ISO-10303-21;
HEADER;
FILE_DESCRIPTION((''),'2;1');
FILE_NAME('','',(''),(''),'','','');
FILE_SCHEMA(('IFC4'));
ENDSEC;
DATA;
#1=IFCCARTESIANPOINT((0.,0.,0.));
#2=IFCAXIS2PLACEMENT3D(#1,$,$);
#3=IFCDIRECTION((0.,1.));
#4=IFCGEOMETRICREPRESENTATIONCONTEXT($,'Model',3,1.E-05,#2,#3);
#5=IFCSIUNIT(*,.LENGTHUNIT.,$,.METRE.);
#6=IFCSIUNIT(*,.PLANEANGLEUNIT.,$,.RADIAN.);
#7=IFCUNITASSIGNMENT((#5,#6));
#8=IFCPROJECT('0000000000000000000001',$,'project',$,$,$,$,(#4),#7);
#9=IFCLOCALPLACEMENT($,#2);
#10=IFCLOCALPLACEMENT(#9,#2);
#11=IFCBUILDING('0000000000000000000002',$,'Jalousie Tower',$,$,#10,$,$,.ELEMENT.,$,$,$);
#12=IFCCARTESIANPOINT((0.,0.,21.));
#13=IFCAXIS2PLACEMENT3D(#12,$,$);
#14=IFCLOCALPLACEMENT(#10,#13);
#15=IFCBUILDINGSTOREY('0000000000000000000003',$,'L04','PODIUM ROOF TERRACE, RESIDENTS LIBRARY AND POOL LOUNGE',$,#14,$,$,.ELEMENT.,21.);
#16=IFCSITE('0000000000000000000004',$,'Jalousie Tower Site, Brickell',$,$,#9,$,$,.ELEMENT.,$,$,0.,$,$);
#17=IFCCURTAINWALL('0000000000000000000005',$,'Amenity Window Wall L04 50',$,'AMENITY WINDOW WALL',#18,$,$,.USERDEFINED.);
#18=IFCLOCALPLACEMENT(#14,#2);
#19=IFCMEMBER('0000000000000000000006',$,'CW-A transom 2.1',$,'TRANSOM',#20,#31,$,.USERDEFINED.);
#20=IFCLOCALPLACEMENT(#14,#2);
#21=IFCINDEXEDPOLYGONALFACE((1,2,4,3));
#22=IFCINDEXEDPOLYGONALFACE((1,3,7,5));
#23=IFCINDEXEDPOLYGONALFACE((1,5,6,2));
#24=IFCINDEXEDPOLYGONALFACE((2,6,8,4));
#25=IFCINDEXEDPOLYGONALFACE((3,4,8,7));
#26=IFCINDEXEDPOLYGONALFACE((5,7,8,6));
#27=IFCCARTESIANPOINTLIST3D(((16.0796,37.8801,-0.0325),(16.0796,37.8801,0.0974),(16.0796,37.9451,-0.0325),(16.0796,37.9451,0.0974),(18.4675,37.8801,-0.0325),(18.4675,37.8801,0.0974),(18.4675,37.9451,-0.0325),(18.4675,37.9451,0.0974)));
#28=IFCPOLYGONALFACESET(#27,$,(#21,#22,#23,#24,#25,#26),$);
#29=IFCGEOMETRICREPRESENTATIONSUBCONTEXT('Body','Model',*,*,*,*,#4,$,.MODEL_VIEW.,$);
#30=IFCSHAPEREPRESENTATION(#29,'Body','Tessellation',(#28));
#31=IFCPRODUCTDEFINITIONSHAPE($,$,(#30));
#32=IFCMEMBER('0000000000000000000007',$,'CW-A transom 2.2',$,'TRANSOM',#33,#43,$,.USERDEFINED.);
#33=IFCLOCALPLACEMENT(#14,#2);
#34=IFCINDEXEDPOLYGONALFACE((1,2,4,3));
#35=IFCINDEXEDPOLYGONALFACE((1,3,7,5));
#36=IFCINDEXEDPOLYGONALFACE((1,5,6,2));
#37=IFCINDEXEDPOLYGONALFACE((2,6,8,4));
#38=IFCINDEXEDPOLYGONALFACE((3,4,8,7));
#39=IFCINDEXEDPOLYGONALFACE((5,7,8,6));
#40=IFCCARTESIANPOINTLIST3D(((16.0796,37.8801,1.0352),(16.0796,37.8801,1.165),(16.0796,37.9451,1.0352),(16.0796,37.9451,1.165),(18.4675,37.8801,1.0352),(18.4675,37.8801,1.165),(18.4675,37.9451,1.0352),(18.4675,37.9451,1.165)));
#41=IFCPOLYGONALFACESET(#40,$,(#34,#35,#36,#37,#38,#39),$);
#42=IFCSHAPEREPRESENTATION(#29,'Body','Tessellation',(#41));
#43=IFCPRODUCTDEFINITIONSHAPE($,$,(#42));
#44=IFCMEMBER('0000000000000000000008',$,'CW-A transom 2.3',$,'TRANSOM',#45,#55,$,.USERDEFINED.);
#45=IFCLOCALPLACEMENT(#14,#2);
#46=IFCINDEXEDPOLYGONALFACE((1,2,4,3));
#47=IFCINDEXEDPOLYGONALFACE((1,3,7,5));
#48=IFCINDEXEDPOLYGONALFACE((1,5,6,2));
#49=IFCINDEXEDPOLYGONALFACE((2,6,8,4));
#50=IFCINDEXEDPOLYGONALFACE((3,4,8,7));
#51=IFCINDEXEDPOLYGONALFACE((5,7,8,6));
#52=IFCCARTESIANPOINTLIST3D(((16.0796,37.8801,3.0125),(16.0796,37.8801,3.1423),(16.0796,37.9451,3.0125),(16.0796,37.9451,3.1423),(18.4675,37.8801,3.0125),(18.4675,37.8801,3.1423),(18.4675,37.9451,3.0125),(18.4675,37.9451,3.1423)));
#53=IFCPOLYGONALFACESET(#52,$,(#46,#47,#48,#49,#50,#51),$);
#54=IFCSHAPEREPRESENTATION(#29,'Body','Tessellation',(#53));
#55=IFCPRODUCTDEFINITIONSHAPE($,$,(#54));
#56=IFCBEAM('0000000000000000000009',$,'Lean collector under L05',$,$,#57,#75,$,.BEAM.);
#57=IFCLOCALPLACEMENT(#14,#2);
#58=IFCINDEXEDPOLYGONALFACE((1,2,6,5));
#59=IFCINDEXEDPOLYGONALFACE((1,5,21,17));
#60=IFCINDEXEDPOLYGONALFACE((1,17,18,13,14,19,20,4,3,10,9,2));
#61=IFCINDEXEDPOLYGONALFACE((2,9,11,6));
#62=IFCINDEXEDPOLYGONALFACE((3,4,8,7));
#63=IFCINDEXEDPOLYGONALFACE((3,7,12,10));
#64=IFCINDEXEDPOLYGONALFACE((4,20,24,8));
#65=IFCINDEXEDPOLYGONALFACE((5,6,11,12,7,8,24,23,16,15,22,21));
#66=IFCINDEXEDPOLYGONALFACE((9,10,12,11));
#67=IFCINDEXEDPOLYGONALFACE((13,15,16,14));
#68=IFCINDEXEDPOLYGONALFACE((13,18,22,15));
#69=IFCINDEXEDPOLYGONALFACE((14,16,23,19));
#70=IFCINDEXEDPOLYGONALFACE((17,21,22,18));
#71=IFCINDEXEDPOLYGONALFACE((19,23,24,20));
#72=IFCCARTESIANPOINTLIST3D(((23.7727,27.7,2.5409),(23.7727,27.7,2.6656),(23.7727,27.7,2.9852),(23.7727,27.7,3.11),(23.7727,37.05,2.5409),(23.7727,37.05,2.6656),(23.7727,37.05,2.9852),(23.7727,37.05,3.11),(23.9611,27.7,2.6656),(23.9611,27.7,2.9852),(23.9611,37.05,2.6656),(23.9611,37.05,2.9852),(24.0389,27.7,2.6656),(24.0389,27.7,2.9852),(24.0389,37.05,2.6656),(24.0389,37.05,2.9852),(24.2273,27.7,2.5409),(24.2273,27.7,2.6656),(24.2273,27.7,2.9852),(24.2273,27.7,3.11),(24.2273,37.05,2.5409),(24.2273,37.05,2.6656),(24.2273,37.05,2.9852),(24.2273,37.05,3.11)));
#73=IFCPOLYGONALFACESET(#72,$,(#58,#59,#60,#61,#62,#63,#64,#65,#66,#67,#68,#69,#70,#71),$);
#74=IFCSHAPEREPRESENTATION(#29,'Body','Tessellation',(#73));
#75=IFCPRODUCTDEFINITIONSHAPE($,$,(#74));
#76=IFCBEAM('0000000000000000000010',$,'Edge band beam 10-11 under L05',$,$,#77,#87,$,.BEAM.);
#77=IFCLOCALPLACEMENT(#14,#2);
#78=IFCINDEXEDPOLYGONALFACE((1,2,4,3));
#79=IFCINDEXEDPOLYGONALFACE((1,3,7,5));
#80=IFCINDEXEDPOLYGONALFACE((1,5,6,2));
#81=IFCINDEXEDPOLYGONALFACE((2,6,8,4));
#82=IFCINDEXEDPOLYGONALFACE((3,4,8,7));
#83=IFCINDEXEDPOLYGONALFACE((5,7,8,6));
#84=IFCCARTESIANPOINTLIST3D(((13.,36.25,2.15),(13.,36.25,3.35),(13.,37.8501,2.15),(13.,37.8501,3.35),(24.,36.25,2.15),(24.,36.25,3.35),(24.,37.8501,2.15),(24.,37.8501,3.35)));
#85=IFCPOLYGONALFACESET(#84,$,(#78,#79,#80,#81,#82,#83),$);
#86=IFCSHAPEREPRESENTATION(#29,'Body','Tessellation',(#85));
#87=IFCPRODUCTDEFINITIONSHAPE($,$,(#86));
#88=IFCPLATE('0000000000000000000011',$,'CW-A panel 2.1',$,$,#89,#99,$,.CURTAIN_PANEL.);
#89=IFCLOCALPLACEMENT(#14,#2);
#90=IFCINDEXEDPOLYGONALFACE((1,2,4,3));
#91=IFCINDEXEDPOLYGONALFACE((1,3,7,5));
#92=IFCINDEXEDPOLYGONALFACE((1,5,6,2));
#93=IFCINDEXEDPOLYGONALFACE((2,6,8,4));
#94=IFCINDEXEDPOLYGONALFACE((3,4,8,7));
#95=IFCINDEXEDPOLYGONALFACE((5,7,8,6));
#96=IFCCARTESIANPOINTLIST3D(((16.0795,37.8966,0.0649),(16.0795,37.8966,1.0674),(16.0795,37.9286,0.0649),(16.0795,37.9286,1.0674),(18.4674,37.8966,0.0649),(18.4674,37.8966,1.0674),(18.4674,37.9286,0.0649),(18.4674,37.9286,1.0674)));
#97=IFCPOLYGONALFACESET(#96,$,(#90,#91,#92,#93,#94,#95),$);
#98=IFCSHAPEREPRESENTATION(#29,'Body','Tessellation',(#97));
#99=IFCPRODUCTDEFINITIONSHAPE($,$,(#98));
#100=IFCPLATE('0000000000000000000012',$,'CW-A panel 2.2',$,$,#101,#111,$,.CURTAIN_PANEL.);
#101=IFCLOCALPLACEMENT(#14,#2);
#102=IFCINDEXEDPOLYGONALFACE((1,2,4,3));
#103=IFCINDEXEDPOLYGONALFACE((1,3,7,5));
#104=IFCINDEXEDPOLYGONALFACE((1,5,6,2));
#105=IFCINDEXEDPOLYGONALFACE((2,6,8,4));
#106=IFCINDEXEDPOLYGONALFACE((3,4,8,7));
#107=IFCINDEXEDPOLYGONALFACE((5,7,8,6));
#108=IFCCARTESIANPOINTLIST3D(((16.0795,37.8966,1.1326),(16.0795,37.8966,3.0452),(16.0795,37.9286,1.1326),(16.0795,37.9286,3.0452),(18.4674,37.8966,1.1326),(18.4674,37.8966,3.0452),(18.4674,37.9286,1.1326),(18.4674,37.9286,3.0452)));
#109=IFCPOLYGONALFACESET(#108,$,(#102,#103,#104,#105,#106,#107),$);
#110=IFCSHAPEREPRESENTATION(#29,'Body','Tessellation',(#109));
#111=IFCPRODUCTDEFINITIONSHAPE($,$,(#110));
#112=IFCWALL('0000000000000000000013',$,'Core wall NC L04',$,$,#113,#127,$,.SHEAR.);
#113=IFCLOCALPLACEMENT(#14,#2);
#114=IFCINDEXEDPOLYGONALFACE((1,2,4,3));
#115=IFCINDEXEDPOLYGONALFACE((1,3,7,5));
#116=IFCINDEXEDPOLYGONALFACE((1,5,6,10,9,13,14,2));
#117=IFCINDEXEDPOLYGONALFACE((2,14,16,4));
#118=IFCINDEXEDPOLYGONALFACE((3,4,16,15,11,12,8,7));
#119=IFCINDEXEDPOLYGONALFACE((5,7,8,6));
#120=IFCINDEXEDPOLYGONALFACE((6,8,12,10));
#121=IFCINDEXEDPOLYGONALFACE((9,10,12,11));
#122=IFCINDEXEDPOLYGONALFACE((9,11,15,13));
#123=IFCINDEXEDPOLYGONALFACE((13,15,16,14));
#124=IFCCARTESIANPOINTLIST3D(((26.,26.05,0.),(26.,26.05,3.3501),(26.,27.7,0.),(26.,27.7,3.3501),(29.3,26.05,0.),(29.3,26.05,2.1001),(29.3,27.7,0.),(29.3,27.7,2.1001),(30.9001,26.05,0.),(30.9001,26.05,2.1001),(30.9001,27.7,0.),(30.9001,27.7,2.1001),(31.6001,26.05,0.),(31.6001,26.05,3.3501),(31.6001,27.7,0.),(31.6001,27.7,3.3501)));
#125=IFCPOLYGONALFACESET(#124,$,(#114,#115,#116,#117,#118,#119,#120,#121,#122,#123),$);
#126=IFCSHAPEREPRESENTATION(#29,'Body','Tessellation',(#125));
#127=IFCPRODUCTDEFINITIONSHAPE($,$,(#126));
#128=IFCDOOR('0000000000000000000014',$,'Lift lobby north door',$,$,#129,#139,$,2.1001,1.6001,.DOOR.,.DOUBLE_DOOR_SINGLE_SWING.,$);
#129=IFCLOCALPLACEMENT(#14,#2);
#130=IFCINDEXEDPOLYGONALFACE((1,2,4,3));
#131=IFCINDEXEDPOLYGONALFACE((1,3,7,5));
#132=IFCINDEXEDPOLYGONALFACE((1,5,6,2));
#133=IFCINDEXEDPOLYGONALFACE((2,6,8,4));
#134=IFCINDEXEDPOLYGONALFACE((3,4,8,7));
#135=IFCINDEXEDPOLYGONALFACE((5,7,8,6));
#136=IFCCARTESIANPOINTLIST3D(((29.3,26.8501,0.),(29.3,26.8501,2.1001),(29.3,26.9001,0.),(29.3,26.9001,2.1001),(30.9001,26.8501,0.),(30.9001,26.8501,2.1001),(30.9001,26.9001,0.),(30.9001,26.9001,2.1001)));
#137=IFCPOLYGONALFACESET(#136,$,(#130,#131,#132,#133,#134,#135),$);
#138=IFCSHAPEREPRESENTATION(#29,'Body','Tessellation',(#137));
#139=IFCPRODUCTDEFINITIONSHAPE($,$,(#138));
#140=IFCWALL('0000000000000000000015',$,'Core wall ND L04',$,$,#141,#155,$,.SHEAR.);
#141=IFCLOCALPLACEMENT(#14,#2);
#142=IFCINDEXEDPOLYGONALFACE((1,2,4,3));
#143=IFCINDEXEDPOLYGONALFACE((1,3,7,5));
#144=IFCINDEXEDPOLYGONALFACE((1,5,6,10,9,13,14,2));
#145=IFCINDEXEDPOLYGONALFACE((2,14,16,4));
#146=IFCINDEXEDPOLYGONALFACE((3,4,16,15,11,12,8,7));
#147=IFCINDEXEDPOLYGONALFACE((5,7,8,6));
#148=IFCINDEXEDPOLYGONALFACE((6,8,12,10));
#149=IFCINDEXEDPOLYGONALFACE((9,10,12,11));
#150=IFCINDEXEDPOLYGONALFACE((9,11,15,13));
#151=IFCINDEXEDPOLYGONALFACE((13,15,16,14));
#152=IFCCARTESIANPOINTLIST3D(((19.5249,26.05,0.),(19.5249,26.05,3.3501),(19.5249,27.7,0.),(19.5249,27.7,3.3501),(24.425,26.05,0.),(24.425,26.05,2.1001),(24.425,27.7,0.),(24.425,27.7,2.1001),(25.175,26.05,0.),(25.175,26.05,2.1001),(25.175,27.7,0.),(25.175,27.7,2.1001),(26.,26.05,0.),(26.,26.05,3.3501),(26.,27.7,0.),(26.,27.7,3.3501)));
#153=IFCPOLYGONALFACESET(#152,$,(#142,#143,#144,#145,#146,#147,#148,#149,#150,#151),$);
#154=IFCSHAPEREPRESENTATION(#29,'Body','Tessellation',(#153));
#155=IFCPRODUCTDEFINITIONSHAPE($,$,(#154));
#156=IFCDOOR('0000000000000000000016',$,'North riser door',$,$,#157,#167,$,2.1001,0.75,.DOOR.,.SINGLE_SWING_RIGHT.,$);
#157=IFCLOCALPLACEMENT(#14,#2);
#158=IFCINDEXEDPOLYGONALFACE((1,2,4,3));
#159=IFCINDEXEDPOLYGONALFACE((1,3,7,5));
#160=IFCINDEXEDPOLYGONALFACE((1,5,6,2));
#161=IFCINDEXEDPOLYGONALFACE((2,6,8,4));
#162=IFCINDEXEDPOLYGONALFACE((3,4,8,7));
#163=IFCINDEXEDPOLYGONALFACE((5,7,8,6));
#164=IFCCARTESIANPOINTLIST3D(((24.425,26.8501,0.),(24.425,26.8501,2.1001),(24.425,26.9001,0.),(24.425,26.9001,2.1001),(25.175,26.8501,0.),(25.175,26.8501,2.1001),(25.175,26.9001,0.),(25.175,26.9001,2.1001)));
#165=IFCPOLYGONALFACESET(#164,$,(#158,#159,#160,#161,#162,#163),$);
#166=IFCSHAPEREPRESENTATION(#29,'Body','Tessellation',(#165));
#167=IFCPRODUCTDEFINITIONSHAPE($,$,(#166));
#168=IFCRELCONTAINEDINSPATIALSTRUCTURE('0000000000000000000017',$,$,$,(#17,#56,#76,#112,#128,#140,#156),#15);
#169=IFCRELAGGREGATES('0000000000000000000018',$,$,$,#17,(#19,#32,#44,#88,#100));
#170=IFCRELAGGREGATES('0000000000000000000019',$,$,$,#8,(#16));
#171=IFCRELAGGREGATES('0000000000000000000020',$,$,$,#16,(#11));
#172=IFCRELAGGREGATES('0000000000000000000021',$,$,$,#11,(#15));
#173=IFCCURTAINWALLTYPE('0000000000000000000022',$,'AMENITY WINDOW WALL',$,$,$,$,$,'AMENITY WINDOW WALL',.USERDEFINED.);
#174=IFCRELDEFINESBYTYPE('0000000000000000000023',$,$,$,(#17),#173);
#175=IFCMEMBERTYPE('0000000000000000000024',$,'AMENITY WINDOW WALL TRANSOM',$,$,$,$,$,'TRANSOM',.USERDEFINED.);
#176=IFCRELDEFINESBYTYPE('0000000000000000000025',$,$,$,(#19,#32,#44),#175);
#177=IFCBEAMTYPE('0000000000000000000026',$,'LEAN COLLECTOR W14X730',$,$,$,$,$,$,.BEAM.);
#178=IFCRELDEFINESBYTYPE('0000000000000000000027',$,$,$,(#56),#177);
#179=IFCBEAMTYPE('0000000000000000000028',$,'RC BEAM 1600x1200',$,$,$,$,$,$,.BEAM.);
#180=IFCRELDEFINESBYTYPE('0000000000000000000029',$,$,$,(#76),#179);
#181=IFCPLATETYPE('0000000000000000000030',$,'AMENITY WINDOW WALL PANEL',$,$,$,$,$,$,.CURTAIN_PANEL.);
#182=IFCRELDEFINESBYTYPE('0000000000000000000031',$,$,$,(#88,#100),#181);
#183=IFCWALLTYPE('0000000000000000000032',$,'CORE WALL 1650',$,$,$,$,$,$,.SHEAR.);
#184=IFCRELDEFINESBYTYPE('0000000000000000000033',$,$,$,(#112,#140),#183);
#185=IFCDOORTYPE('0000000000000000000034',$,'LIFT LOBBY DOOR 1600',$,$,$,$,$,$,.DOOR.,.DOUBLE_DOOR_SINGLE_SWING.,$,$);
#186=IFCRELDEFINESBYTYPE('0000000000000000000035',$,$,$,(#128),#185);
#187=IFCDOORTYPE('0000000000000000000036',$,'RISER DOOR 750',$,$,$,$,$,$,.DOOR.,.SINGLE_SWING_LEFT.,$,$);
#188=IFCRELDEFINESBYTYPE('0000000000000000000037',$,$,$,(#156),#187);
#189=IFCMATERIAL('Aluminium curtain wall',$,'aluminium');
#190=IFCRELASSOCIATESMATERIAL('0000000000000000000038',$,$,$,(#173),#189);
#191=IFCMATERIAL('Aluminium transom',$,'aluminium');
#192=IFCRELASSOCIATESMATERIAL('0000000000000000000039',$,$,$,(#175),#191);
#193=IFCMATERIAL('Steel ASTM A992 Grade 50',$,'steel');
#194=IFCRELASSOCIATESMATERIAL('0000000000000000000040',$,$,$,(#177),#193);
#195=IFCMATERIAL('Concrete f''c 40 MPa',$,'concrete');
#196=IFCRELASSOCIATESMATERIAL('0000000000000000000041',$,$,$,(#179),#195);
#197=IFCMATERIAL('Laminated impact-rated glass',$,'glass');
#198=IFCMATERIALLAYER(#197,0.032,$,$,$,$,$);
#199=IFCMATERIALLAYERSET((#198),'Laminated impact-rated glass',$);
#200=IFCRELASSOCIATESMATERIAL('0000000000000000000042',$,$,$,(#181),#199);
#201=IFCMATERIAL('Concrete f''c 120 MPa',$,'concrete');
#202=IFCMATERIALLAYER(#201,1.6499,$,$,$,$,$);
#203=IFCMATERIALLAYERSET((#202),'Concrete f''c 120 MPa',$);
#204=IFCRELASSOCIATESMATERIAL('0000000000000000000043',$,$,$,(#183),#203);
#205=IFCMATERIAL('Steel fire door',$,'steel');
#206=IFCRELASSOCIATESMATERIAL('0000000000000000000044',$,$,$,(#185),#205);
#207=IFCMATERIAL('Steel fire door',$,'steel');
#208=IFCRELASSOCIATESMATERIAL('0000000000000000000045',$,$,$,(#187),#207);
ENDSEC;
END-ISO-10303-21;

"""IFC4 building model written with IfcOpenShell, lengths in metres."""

from ifc_helpers import new_model, si_unit, direction, frame, frame_2d, origin, origin_2d, place, context, subcontext, project, spatial, rectangle, i_section, extrude, material, layer, layer_set, material_profile, profile_set, type_object, element, fill, aggregate, save


model = new_model("IFC4")

# Units and contexts
model_context = context("Model", 3, precision=1e-05, world=origin(), true_north=direction((0.0, 1.0)))
body_context = subcontext(model_context, "Body", "Model", "MODEL_VIEW")
ifc_project = project(units=[si_unit("LENGTHUNIT", "METRE"), si_unit("PLANEANGLEUNIT", "RADIAN")], contexts=[model_context])

# Site, building, storey
site_placement = place(None, origin())
site = spatial("IfcSite", under=ifc_project, at=site_placement, Name="Jalousie Tower Site, Brickell", CompositionType="ELEMENT", RefElevation=0.0)
building_placement = place(site_placement, origin())
building = spatial("IfcBuilding", under=site, at=building_placement, Name="Jalousie Tower", CompositionType="ELEMENT")
storey_placement = place(building_placement, frame((0.0, 0.0, 21.0)))
storey = spatial("IfcBuildingStorey", under=building, at=storey_placement, Name="L04", Description="PODIUM ROOF TERRACE, RESIDENTS LIBRARY AND POOL LOUNGE", CompositionType="ELEMENT", Elevation=21.0)

# Curtain wall, members
ifc_material_1 = material(Name="Aluminium curtain wall", Category="aluminium")
curtain_wall_type = type_object("IfcCurtainWallType", Name="AMENITY WINDOW WALL", ElementType="AMENITY WINDOW WALL", PredefinedType="USERDEFINED", material=ifc_material_1)
curtain_wall_placement = place(storey_placement, origin())
curtain_wall = element("IfcCurtainWall", 1, at=curtain_wall_placement, inside=storey, type_object=curtain_wall_type, Name="Amenity Window Wall L04 50", ObjectType="AMENITY WINDOW WALL", PredefinedType="USERDEFINED")
ifc_material_2 = material(Name="Aluminium transom", Category="aluminium")
ifc_material_profile_1 = material_profile(ifc_material_2, rectangle(XDim=0.0649, YDim=0.1299, at=origin_2d()), Name="TRANSOM 65x130")
ifc_profile_set_1 = profile_set([ifc_material_profile_1], Name="Aluminium transom")
member_type = type_object("IfcMemberType", Name="AMENITY WINDOW WALL TRANSOM", ElementType="TRANSOM", PredefinedType="USERDEFINED", material=ifc_profile_set_1)
member_1_placement = place(storey_placement, frame((18.4675, 37.9126, 0.0325), z_axis=(-1.0, 0.0, 0.0), x_axis=(0.0, -1.0, 0.0)))
member_1 = element("IfcMember", 2, at=member_1_placement, type_object=member_type, Name="CW-A transom 2.1", ObjectType="TRANSOM", PredefinedType="USERDEFINED", context=body_context, shape_type="SweptSolid", body=[
    extrude(rectangle(XDim=0.0649, YDim=0.1299, at=origin_2d()), origin(), (0.0, 0.0, 1.0), 2.3879),
])
member_2_placement = place(storey_placement, frame((18.4675, 37.9126, 1.1001), z_axis=(-1.0, 0.0, 0.0), x_axis=(0.0, -1.0, 0.0)))
member_2 = element("IfcMember", 3, at=member_2_placement, type_object=member_type, Name="CW-A transom 2.2", ObjectType="TRANSOM", PredefinedType="USERDEFINED", context=body_context, shape_type="SweptSolid", body=[
    extrude(rectangle(XDim=0.0649, YDim=0.1299, at=origin_2d()), origin(), (0.0, 0.0, 1.0), 2.3879),
])
member_3_placement = place(storey_placement, frame((18.4675, 37.9126, 3.0774), z_axis=(-1.0, 0.0, 0.0), x_axis=(0.0, -1.0, 0.0)))
member_3 = element("IfcMember", 4, at=member_3_placement, type_object=member_type, Name="CW-A transom 2.3", ObjectType="TRANSOM", PredefinedType="USERDEFINED", context=body_context, shape_type="SweptSolid", body=[
    extrude(rectangle(XDim=0.0649, YDim=0.1299, at=origin_2d()), origin(), (0.0, 0.0, 1.0), 2.3879),
])

# Beams
ifc_material_3 = material(Name="Steel ASTM A992 Grade 50", Category="steel")
ifc_material_profile_2 = material_profile(ifc_material_3, i_section(OverallWidth=0.4546, OverallDepth=0.5691, WebThickness=0.0779, FlangeThickness=0.1248, at=origin_2d()), Name="W14X730")
ifc_profile_set_2 = profile_set([ifc_material_profile_2], Name="Steel ASTM A992 Grade 50")
beam_type_1 = type_object("IfcBeamType", Name="LEAN COLLECTOR W14X730", PredefinedType="BEAM", material=ifc_profile_set_2)
beam_1_placement = place(storey_placement, frame((24.0, 37.05, 2.8254), z_axis=(0.0, -1.0, 0.0), x_axis=(1.0, 0.0, 0.0)))
element("IfcBeam", 5, at=beam_1_placement, inside=storey, type_object=beam_type_1, Name="Lean collector under L05", PredefinedType="BEAM", context=body_context, shape_type="SweptSolid", body=[
    extrude(i_section(OverallWidth=0.4546, OverallDepth=0.5691, WebThickness=0.0779, FlangeThickness=0.1248, at=origin_2d()), origin(), (0.0, 0.0, 1.0), 9.3501),
])
ifc_material_4 = material(Name="Concrete f'c 40 MPa", Category="concrete")
ifc_material_profile_3 = material_profile(ifc_material_4, rectangle(XDim=1.6001, YDim=1.2, at=origin_2d()), Name="RC 1600x1200")
ifc_profile_set_3 = profile_set([ifc_material_profile_3], Name="Concrete f'c 40 MPa")
beam_type_2 = type_object("IfcBeamType", Name="RC BEAM 1600x1200", PredefinedType="BEAM", material=ifc_profile_set_3)
beam_2_placement = place(storey_placement, frame((24.0, 37.05, 2.75), z_axis=(-1.0, 0.0, 0.0), x_axis=(0.0, -1.0, 0.0)))
element("IfcBeam", 6, at=beam_2_placement, inside=storey, type_object=beam_type_2, Name="Edge band beam 10-11 under L05", PredefinedType="BEAM", context=body_context, shape_type="SweptSolid", body=[
    extrude(rectangle(XDim=1.6001, YDim=1.2, at=origin_2d()), origin(), (0.0, 0.0, 1.0), 11.0),
])

# Plates
ifc_material_5 = material(Name="Laminated impact-rated glass", Category="glass")
ifc_layer_1 = layer(ifc_material_5, 0.032)
ifc_layer_set_1 = layer_set([ifc_layer_1], Name="Laminated impact-rated glass")
plate_type = type_object("IfcPlateType", Name="AMENITY WINDOW WALL PANEL", PredefinedType="CURTAIN_PANEL", material=ifc_layer_set_1)
plate_1_placement = place(storey_placement, frame((17.2734, 37.9126, 0.0649), z_axis=(0.0, 0.0, 1.0), x_axis=(-1.0, 0.0, 0.0)))
plate_1 = element("IfcPlate", 7, at=plate_1_placement, type_object=plate_type, Name="CW-A panel 2.1", PredefinedType="CURTAIN_PANEL", context=body_context, shape_type="SweptSolid", body=[
    extrude(rectangle(XDim=2.3879, YDim=0.032, at=origin_2d()), origin(), (0.0, 0.0, 1.0), 1.0024),
])
plate_2_placement = place(storey_placement, frame((17.2734, 37.9126, 1.1326), z_axis=(0.0, 0.0, 1.0), x_axis=(-1.0, 0.0, 0.0)))
plate_2 = element("IfcPlate", 8, at=plate_2_placement, type_object=plate_type, Name="CW-A panel 2.2", PredefinedType="CURTAIN_PANEL", context=body_context, shape_type="SweptSolid", body=[
    extrude(rectangle(XDim=2.3879, YDim=0.032, at=origin_2d()), origin(), (0.0, 0.0, 1.0), 1.9126),
])
aggregate(curtain_wall, [member_1, member_2, member_3, plate_1, plate_2])

# Walls, openings, doors
ifc_material_6 = material(Name="Concrete f'c 120 MPa", Category="concrete")
ifc_layer_2 = layer(ifc_material_6, 1.6499)
ifc_layer_set_2 = layer_set([ifc_layer_2], Name="Concrete f'c 120 MPa")
wall_type_1 = type_object("IfcWallType", Name="CORE WALL 1650", PredefinedType="SHEAR", material=ifc_layer_set_2)
wall_1_placement = place(storey_placement, frame((31.6001, 26.875, 0.0), z_axis=(0.0, 0.0, 1.0), x_axis=(-1.0, 0.0, 0.0)))
wall_1 = element("IfcWall", 9, at=wall_1_placement, inside=storey, type_object=wall_type_1, Name="Core wall NC L04", PredefinedType="SHEAR", context=body_context, shape_type="SweptSolid", body=[
    extrude(rectangle(XDim=5.6001, YDim=1.6499, at=frame_2d((2.8, 0.0))), origin(), (0.0, 0.0, 1.0), 3.3501),
])
opening_1_placement = place(wall_1_placement, frame((0.7, 0.0, 0.0)))
opening_1 = element("IfcOpeningElement", 10, at=opening_1_placement, cuts=wall_1, PredefinedType="OPENING", context=body_context, shape_type="SweptSolid", body=[
    extrude(rectangle(XDim=1.6001, YDim=2.1001, at=frame_2d((0.8, 1.05))), frame((0.0, 0.835, 0.0), z_axis=(0.0, -1.0, 0.0), x_axis=(1.0, 0.0, 0.0)), (0.0, 0.0, 1.0), 1.6699),
])
ifc_material_7 = material(Name="Steel fire door", Category="steel")
door_type_1 = type_object("IfcDoorType", Name="LIFT LOBBY DOOR 1600", OperationType="DOUBLE_DOOR_SINGLE_SWING", PredefinedType="DOOR", material=ifc_material_7)
door_1_placement = place(opening_1_placement, origin())
door_1 = element("IfcDoor", 11, at=door_1_placement, inside=storey, type_object=door_type_1, Name="Lift lobby north door", OperationType="DOUBLE_DOOR_SINGLE_SWING", OverallHeight=2.1001, OverallWidth=1.6001, PredefinedType="DOOR", context=body_context, shape_type="SweptSolid", body=[
    extrude(rectangle(XDim=1.6001, YDim=2.1001, at=frame_2d((0.8, 1.05))), frame((0.0, 0.0249, 0.0), z_axis=(0.0, -1.0, 0.0), x_axis=(1.0, 0.0, 0.0)), (0.0, 0.0, 1.0), 0.05),
])
fill(opening_1, door_1)
wall_2_placement = place(storey_placement, frame((26.0, 26.875, 0.0), z_axis=(0.0, 0.0, 1.0), x_axis=(-1.0, 0.0, 0.0)))
wall_2 = element("IfcWall", 12, at=wall_2_placement, inside=storey, type_object=wall_type_1, Name="Core wall ND L04", PredefinedType="SHEAR", context=body_context, shape_type="SweptSolid", body=[
    extrude(rectangle(XDim=6.4751, YDim=1.6499, at=frame_2d((3.2375, 0.0))), origin(), (0.0, 0.0, 1.0), 3.3501),
])
opening_2_placement = place(wall_2_placement, frame((0.825, 0.0, 0.0)))
opening_2 = element("IfcOpeningElement", 13, at=opening_2_placement, cuts=wall_2, PredefinedType="OPENING", context=body_context, shape_type="SweptSolid", body=[
    extrude(rectangle(XDim=0.75, YDim=2.1001, at=frame_2d((0.375, 1.05))), frame((0.0, 0.835, 0.0), z_axis=(0.0, -1.0, 0.0), x_axis=(1.0, 0.0, 0.0)), (0.0, 0.0, 1.0), 1.6699),
])
ifc_material_8 = material(Name="Steel fire door", Category="steel")
door_type_2 = type_object("IfcDoorType", Name="RISER DOOR 750", OperationType="SINGLE_SWING_LEFT", PredefinedType="DOOR", material=ifc_material_8)
door_2_placement = place(opening_2_placement, origin())
door_2 = element("IfcDoor", 14, at=door_2_placement, inside=storey, type_object=door_type_2, Name="North riser door", OperationType="SINGLE_SWING_RIGHT", OverallHeight=2.1001, OverallWidth=0.75, PredefinedType="DOOR", context=body_context, shape_type="SweptSolid", body=[
    extrude(rectangle(XDim=0.75, YDim=2.1001, at=frame_2d((0.375, 1.05))), frame((0.0, 0.0249, 0.0), z_axis=(0.0, -1.0, 0.0), x_axis=(1.0, 0.0, 0.0)), (0.0, 0.0, 1.0), 0.05),
])
fill(opening_2, door_2)

save(model, "model.ifc")
